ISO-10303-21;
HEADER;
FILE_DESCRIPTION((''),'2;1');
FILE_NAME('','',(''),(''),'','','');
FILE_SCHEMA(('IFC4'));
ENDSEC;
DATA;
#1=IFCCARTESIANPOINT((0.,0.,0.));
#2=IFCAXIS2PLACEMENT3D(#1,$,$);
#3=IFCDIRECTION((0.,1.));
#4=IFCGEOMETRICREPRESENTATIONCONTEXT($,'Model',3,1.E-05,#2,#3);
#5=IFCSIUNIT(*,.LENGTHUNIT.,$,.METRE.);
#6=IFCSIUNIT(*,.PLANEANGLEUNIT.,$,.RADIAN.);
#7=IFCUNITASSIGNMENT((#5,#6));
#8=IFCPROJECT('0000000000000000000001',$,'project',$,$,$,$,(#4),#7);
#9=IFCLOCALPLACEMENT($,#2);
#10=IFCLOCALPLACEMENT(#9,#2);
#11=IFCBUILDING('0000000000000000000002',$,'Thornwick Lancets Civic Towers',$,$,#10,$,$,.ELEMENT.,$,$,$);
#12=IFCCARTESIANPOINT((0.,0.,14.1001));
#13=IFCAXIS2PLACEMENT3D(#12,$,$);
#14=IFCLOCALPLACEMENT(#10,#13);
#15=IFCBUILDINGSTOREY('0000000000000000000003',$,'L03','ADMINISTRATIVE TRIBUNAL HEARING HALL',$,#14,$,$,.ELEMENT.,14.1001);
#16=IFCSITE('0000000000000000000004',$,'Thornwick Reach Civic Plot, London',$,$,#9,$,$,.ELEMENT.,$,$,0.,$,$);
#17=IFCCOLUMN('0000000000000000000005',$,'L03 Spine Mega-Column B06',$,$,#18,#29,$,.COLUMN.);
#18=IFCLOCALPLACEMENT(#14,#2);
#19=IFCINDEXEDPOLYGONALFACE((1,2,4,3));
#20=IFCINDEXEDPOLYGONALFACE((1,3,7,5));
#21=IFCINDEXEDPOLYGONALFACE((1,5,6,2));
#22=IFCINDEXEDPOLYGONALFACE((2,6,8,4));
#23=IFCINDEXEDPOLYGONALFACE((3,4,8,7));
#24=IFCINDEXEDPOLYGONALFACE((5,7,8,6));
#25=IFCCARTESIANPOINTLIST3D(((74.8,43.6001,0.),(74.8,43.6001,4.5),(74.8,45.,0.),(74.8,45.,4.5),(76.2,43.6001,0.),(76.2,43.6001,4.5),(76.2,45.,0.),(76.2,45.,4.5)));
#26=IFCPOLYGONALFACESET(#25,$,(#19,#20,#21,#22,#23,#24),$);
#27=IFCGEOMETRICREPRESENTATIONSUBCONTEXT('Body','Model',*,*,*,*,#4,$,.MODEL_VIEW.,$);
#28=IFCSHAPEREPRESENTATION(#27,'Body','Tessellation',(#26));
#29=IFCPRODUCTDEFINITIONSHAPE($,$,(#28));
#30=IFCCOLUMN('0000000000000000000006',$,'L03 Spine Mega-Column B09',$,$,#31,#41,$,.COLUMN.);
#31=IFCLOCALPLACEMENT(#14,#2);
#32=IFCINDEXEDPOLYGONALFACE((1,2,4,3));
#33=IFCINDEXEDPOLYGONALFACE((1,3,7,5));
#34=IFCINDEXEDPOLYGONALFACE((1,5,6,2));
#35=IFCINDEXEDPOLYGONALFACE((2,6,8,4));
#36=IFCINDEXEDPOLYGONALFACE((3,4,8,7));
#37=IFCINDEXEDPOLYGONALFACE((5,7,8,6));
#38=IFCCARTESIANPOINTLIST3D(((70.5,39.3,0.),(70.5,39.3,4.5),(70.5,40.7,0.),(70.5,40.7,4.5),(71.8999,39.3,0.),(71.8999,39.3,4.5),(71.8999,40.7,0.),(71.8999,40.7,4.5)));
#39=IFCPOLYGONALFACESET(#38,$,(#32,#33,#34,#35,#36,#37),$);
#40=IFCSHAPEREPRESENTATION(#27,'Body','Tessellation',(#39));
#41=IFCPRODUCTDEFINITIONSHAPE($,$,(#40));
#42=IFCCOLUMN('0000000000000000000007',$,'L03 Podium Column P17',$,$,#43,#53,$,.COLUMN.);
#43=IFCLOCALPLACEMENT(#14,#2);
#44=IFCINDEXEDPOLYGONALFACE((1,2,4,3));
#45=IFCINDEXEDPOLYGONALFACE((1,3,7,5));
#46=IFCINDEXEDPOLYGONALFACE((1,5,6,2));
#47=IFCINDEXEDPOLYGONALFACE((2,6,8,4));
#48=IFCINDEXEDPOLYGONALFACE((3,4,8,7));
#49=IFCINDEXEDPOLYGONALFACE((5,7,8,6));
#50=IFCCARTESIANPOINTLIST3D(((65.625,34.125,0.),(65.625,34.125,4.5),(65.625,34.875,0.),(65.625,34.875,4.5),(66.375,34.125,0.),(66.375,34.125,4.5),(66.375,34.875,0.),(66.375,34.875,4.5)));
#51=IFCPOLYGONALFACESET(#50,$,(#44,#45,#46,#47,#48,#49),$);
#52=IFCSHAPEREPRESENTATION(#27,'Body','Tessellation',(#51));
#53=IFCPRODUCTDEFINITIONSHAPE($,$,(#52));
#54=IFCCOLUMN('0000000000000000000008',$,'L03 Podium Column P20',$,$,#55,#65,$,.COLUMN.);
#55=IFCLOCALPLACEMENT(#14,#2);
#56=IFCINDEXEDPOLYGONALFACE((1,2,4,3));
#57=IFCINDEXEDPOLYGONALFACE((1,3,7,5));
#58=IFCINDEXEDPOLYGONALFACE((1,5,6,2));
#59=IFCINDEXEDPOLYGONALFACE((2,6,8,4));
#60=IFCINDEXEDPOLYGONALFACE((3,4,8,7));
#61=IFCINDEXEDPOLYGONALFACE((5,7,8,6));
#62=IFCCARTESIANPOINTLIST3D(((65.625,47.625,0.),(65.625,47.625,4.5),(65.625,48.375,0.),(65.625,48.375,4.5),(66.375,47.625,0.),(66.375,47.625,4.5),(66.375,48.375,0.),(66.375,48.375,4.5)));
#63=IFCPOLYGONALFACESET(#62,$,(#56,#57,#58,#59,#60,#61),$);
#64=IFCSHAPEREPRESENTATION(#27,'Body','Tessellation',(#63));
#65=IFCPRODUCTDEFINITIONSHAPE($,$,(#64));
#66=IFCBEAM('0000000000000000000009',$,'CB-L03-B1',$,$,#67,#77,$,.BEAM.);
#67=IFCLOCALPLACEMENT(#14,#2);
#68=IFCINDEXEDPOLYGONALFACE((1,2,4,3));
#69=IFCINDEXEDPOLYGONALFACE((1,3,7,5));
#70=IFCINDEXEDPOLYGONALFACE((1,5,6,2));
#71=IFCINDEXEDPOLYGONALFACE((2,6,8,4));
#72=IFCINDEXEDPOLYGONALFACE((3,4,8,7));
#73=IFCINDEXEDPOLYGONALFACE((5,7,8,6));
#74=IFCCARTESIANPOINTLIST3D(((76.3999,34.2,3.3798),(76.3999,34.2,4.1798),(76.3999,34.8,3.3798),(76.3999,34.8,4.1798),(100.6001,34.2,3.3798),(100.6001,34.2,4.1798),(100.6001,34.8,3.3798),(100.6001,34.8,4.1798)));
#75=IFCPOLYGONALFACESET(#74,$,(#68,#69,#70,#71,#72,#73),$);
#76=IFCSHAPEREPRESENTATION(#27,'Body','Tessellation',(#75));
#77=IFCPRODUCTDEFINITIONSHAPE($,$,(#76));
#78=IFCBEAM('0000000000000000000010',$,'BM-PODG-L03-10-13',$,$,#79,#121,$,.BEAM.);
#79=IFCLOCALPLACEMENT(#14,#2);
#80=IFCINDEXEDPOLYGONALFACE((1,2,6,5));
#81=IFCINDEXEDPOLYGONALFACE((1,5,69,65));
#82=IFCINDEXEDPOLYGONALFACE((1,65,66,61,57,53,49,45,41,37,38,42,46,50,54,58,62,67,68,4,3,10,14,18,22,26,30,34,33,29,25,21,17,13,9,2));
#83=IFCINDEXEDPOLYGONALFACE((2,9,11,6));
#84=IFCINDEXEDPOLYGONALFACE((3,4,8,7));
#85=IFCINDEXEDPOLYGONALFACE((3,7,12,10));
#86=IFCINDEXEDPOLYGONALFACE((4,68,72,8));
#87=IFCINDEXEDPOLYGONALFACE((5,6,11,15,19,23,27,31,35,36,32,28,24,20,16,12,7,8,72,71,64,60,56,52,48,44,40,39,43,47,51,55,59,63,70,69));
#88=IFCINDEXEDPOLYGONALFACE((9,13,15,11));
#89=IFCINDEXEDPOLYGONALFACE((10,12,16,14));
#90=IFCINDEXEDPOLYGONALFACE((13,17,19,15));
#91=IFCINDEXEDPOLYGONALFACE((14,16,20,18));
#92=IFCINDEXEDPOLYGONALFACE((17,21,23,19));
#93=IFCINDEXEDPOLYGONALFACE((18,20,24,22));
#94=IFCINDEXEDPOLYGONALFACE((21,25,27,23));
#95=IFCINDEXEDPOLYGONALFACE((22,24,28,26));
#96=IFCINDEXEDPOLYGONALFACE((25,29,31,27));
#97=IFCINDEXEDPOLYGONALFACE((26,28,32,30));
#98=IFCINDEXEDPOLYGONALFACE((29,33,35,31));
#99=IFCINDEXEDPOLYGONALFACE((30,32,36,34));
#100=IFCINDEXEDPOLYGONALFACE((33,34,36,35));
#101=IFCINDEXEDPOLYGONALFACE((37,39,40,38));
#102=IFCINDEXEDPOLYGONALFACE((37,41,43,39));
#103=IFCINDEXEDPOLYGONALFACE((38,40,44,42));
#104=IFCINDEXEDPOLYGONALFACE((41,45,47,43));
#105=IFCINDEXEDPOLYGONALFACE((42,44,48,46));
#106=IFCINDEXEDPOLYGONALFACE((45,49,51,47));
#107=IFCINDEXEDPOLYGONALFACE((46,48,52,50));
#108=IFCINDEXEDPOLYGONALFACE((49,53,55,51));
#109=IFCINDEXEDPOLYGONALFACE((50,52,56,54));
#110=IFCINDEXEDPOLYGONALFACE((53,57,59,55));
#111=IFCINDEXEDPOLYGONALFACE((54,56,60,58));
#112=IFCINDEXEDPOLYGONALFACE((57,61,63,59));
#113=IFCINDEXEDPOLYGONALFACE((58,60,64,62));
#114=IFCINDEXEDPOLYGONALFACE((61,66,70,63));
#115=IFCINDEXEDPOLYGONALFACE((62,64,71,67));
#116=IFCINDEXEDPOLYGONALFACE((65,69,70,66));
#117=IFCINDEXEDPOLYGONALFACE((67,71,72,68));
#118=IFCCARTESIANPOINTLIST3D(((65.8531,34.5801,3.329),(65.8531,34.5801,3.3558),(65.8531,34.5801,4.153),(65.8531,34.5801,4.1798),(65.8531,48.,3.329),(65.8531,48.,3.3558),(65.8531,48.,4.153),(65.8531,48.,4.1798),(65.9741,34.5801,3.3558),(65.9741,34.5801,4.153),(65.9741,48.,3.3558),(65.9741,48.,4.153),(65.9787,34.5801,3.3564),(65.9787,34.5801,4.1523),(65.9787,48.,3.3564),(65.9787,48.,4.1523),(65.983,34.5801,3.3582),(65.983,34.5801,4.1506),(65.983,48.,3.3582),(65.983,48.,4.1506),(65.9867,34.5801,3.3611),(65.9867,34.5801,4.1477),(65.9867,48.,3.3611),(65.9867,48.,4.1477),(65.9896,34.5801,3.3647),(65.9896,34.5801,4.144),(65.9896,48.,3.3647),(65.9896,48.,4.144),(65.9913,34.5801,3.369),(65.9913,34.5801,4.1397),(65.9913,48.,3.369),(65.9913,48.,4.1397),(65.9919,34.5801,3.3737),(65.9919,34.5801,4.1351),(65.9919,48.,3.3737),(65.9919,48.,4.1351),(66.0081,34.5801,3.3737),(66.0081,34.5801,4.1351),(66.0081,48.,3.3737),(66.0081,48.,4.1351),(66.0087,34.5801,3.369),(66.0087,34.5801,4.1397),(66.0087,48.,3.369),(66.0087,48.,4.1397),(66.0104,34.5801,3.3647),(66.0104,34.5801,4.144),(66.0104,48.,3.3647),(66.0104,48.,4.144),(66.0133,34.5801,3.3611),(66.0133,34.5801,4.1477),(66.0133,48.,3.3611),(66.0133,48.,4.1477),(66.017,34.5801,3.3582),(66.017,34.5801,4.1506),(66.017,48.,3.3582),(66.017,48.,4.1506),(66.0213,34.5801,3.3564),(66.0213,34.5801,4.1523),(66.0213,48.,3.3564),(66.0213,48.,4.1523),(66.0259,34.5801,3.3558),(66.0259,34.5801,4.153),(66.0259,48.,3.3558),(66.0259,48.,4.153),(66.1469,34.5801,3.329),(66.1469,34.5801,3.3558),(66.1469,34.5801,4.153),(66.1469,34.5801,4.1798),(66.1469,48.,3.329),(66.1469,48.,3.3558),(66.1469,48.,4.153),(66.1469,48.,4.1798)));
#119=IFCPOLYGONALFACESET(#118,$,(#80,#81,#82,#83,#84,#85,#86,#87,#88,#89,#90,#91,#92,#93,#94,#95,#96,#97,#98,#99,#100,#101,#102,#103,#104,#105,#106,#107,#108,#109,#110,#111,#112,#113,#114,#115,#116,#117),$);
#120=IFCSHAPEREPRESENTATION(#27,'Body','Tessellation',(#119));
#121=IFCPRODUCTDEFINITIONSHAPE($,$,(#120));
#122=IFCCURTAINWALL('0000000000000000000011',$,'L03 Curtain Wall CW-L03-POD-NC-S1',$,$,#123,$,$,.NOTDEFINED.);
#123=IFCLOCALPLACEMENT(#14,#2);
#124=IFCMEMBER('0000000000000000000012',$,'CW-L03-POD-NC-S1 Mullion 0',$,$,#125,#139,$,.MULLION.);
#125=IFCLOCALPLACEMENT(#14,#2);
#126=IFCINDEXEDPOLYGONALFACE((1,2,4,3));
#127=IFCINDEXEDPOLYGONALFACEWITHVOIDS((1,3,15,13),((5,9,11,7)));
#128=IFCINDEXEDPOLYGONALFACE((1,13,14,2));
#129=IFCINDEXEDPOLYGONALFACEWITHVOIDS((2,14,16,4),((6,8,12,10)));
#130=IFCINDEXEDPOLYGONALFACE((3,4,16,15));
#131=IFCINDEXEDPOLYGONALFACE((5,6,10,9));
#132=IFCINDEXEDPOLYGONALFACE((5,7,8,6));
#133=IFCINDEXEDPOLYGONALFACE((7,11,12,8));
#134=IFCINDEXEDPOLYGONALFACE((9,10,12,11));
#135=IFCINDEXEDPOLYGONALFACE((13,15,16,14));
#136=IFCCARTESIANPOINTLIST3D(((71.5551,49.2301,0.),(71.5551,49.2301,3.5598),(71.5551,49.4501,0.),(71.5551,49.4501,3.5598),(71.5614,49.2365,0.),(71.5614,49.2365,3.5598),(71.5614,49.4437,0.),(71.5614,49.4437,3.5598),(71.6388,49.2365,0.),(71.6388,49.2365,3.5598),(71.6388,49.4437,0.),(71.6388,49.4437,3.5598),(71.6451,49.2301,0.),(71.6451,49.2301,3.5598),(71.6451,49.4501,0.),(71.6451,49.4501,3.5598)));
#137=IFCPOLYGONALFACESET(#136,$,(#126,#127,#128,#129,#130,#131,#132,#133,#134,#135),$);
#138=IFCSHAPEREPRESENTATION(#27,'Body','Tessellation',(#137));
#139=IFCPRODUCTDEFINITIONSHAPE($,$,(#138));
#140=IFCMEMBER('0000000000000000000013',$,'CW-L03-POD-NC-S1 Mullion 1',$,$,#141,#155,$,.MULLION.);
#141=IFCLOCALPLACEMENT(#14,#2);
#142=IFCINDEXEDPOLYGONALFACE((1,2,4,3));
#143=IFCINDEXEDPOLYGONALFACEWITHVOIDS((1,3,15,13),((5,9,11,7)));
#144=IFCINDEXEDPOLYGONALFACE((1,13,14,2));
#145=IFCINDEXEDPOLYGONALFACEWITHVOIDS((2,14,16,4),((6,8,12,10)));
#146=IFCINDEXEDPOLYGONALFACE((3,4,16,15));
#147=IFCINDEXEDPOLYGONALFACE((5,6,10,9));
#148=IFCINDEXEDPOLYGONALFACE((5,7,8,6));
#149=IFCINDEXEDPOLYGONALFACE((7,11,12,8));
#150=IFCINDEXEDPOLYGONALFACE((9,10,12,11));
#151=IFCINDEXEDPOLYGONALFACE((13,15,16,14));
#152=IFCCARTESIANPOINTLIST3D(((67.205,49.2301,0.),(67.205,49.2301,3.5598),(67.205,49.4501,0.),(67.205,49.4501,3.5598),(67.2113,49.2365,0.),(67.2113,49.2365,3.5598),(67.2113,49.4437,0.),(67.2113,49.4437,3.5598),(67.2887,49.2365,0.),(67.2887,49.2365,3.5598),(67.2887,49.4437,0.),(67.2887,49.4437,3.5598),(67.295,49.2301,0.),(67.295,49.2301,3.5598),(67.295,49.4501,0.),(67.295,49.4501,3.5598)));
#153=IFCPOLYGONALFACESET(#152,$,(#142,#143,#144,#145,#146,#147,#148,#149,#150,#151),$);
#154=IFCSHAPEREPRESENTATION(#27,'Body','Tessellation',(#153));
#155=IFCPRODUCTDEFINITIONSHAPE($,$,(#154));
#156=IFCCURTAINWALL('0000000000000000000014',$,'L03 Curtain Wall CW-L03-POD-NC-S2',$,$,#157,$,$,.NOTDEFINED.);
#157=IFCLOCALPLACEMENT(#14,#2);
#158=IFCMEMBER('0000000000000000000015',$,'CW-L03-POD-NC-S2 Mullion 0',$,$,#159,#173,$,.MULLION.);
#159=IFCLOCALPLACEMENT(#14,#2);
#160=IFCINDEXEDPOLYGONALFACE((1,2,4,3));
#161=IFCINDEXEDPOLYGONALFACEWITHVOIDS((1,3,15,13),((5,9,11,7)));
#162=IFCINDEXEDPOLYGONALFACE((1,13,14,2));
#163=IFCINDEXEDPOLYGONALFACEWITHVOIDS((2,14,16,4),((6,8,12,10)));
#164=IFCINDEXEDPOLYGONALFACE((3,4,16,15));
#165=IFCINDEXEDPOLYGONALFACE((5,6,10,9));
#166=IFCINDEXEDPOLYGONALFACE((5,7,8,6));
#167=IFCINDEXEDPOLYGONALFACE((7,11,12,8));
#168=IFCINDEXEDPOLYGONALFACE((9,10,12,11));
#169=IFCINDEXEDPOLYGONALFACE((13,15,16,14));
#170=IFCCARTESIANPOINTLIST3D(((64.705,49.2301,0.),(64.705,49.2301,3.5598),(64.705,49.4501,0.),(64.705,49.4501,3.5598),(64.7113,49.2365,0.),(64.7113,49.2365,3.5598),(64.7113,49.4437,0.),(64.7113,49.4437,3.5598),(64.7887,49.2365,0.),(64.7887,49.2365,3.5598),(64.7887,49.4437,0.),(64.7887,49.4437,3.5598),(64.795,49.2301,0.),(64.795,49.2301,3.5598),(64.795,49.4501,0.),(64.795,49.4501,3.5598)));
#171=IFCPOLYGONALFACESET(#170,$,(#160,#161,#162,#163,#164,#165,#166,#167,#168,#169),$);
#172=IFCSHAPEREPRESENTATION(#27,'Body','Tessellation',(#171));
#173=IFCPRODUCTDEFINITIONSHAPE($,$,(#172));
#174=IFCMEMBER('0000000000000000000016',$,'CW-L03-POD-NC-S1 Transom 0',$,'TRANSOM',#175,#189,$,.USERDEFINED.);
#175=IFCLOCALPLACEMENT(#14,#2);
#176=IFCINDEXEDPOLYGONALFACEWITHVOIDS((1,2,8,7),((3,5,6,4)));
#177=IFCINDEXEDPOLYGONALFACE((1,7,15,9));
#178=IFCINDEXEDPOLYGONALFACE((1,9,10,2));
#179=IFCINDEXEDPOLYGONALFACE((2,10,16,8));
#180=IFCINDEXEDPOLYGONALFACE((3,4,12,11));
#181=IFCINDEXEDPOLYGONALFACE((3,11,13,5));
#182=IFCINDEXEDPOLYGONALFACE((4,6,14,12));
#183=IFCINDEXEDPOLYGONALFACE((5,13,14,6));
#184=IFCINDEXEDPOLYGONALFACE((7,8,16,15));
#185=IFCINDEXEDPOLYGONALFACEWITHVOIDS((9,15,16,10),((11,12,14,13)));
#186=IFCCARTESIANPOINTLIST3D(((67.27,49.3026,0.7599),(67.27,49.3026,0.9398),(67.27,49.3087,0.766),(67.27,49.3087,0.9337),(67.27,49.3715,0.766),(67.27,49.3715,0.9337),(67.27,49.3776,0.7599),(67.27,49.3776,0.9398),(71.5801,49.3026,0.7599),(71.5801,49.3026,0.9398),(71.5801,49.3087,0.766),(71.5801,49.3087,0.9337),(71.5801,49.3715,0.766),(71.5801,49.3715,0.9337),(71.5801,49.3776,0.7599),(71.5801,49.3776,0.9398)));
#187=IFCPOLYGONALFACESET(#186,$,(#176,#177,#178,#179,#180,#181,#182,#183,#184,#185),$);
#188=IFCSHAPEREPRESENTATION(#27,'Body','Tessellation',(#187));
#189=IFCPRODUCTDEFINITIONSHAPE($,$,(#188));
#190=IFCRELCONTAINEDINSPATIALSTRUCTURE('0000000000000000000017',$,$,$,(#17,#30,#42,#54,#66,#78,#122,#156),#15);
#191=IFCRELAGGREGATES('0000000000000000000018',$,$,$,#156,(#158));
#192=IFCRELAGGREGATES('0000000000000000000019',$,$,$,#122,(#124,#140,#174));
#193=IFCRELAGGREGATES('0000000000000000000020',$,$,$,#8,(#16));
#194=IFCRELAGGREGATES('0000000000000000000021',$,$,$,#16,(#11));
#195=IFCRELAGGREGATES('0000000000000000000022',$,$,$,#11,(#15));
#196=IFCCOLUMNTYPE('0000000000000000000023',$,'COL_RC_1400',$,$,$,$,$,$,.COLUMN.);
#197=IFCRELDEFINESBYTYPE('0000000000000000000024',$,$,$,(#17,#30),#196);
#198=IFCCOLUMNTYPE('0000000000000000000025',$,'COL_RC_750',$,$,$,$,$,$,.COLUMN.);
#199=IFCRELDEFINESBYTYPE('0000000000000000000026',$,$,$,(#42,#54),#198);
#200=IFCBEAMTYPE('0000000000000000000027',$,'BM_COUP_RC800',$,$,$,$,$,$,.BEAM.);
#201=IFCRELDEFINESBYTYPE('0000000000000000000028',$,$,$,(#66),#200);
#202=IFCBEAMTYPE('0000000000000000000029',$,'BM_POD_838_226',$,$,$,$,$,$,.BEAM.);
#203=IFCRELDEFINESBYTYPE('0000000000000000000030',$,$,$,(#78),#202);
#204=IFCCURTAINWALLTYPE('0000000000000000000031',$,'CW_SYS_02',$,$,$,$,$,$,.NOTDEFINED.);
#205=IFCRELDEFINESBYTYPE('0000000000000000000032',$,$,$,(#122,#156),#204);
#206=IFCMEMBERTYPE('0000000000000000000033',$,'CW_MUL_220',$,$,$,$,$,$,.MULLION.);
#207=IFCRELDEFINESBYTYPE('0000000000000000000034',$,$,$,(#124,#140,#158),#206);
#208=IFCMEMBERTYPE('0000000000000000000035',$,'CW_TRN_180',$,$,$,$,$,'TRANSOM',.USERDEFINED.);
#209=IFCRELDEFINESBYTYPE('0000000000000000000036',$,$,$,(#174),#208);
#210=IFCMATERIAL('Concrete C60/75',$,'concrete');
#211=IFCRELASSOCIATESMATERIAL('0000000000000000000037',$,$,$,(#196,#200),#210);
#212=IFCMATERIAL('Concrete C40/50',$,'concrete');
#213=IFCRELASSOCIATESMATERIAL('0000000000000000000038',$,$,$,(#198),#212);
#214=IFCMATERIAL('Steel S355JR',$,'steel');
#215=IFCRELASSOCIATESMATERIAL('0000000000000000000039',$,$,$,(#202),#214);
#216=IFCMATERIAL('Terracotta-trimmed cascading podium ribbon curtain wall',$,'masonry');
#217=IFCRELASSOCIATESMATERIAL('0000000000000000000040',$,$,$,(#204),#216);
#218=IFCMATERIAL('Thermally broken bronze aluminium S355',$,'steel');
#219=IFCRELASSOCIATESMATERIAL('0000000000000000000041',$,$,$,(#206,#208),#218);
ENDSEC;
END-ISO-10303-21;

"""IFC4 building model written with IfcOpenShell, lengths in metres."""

from ifc_helpers import new_model, si_unit, direction, frame, origin, origin_2d, place, context, subcontext, project, spatial, rectangle, hollow_rectangle, i_section, extrude, material, material_profile, profile_set, type_object, element, aggregate, save


model = new_model("IFC4")

# Units and contexts
model_context = context("Model", 3, precision=1e-05, world=origin(), true_north=direction((0.0, 1.0)))
body_context = subcontext(model_context, "Body", "Model", "MODEL_VIEW")
ifc_project = project(units=[si_unit("LENGTHUNIT", "METRE"), si_unit("PLANEANGLEUNIT", "RADIAN")], contexts=[model_context])

# Site, building, storey
site_placement = place(None, origin())
site = spatial("IfcSite", under=ifc_project, at=site_placement, Name="Thornwick Reach Civic Plot, London", CompositionType="ELEMENT", RefElevation=0.0)
building_placement = place(site_placement, origin())
building = spatial("IfcBuilding", under=site, at=building_placement, Name="Thornwick Lancets Civic Towers", CompositionType="ELEMENT")
storey_placement = place(building_placement, frame((0.0, 0.0, 14.1001)))
storey = spatial("IfcBuildingStorey", under=building, at=storey_placement, Name="L03", Description="ADMINISTRATIVE TRIBUNAL HEARING HALL", CompositionType="ELEMENT", Elevation=14.1001)

# Columns
ifc_material_1 = material(Name="Concrete C60/75", Category="concrete")
ifc_material_profile_1 = material_profile(ifc_material_1, rectangle(XDim=1.3999, YDim=1.3999, at=origin_2d()), Name="RC 1400x1400")
ifc_profile_set_1 = profile_set([ifc_material_profile_1], Name="Concrete C60/75")
column_type_1 = type_object("IfcColumnType", Name="COL_RC_1400", PredefinedType="COLUMN", material=ifc_profile_set_1)
for number, where, z_axis, x_axis, name in (
    (1, (75.5, 44.3, 0.0), (0.0, 0.0, 1.0), (1.0, 0.0, 0.0), "L03 Spine Mega-Column B06"),
    (2, (71.2, 40.0, 0.0), (0.0, 0.0, 1.0), (1.0, 0.0, 0.0), "L03 Spine Mega-Column B09"),
):
    element("IfcColumn", number, at=place(storey_placement, frame(where, z_axis=z_axis, x_axis=x_axis)), inside=storey, type_object=column_type_1, Name=name, PredefinedType="COLUMN", context=body_context, shape_type="SweptSolid", body=[
        extrude(rectangle(XDim=1.3999, YDim=1.3999, at=origin_2d()), origin(), (0.0, 0.0, 1.0), 4.5),
    ])
ifc_material_2 = material(Name="Concrete C40/50", Category="concrete")
ifc_material_profile_2 = material_profile(ifc_material_2, rectangle(XDim=0.75, YDim=0.75, at=origin_2d()), Name="RC 750x750")
ifc_profile_set_2 = profile_set([ifc_material_profile_2], Name="Concrete C40/50")
column_type_2 = type_object("IfcColumnType", Name="COL_RC_750", PredefinedType="COLUMN", material=ifc_profile_set_2)
for number, where, z_axis, x_axis, name in (
    (3, (66.0, 34.5, 0.0), (0.0, 0.0, 1.0), (1.0, 0.0, 0.0), "L03 Podium Column P17"),
    (4, (66.0, 48.0, 0.0), (0.0, 0.0, 1.0), (1.0, 0.0, 0.0), "L03 Podium Column P20"),
):
    element("IfcColumn", number, at=place(storey_placement, frame(where, z_axis=z_axis, x_axis=x_axis)), inside=storey, type_object=column_type_2, Name=name, PredefinedType="COLUMN", context=body_context, shape_type="SweptSolid", body=[
        extrude(rectangle(XDim=0.75, YDim=0.75, at=origin_2d()), origin(), (0.0, 0.0, 1.0), 4.5),
    ])

# Beams
ifc_material_profile_3 = material_profile(ifc_material_1, rectangle(XDim=0.6001, YDim=0.8, at=origin_2d()), Name="RC 600x800")
ifc_profile_set_3 = profile_set([ifc_material_profile_3], Name="Concrete C60/75")
beam_type_1 = type_object("IfcBeamType", Name="BM_COUP_RC800", PredefinedType="BEAM", material=ifc_profile_set_3)
beam_1_placement = place(storey_placement, frame((76.3999, 34.5, 3.7798), z_axis=(1.0, 0.0, 0.0), x_axis=(0.0, 1.0, 0.0)))
element("IfcBeam", 5, at=beam_1_placement, inside=storey, type_object=beam_type_1, Name="CB-L03-B1", PredefinedType="BEAM", context=body_context, shape_type="SweptSolid", body=[
    extrude(rectangle(XDim=0.6001, YDim=0.8, at=origin_2d()), origin(), (0.0, 0.0, 1.0), 24.2002),
])
ifc_material_3 = material(Name="Steel S355JR", Category="steel")
ifc_material_profile_4 = material_profile(ifc_material_3, i_section(OverallWidth=0.2937, OverallDepth=0.8508, WebThickness=0.0161, FlangeThickness=0.0269, FilletRadius=0.0178, at=origin_2d()), Name="UKB 838x292x226")
ifc_profile_set_4 = profile_set([ifc_material_profile_4], Name="Steel S355JR")
beam_type_2 = type_object("IfcBeamType", Name="BM_POD_838_226", PredefinedType="BEAM", material=ifc_profile_set_4)
beam_2_placement = place(storey_placement, frame((66.0, 34.5801, 3.7544), z_axis=(0.0, 1.0, 0.0), x_axis=(-1.0, 0.0, 0.0)))
element("IfcBeam", 6, at=beam_2_placement, inside=storey, type_object=beam_type_2, Name="BM-PODG-L03-10-13", PredefinedType="BEAM", context=body_context, shape_type="SweptSolid", body=[
    extrude(i_section(OverallWidth=0.2937, OverallDepth=0.8508, WebThickness=0.0161, FlangeThickness=0.0269, FilletRadius=0.0178, at=origin_2d()), origin(), (0.0, 0.0, 1.0), 13.4199),
])

# Curtain wall, members
ifc_material_4 = material(Name="Terracotta-trimmed cascading podium ribbon curtain wall", Category="masonry")
curtain_wall_type = type_object("IfcCurtainWallType", Name="CW_SYS_02", PredefinedType="NOTDEFINED", material=ifc_material_4)
curtain_wall_1_placement = place(storey_placement, origin())
curtain_wall_1 = element("IfcCurtainWall", 7, at=curtain_wall_1_placement, inside=storey, type_object=curtain_wall_type, Name="L03 Curtain Wall CW-L03-POD-NC-S1", PredefinedType="NOTDEFINED")
ifc_material_5 = material(Name="Thermally broken bronze aluminium S355", Category="steel")
ifc_material_profile_5 = material_profile(ifc_material_5, hollow_rectangle(XDim=0.0901, YDim=0.22, WallThickness=0.0063, at=origin_2d()), Name="RHS 220x90x6.3")
ifc_profile_set_5 = profile_set([ifc_material_profile_5], Name="Thermally broken bronze aluminium S355")
member_type_1 = type_object("IfcMemberType", Name="CW_MUL_220", PredefinedType="MULLION", material=ifc_profile_set_5)
member_1_placement = place(storey_placement, frame((71.6001, 49.3401, 0.0), z_axis=(0.0, 0.0, 1.0), x_axis=(1.0, 0.0, 0.0)))
member_1 = element("IfcMember", 8, at=member_1_placement, type_object=member_type_1, Name="CW-L03-POD-NC-S1 Mullion 0", PredefinedType="MULLION", context=body_context, shape_type="SweptSolid", body=[
    extrude(hollow_rectangle(XDim=0.0901, YDim=0.22, WallThickness=0.0063, at=origin_2d()), origin(), (0.0, 0.0, 1.0), 3.5598),
])
member_2_placement = place(storey_placement, frame((67.25, 49.3401, 0.0), z_axis=(0.0, 0.0, 1.0), x_axis=(1.0, 0.0, 0.0)))
member_2 = element("IfcMember", 9, at=member_2_placement, type_object=member_type_1, Name="CW-L03-POD-NC-S1 Mullion 1", PredefinedType="MULLION", context=body_context, shape_type="SweptSolid", body=[
    extrude(hollow_rectangle(XDim=0.0901, YDim=0.22, WallThickness=0.0063, at=origin_2d()), origin(), (0.0, 0.0, 1.0), 3.5598),
])

# Curtain wall, member
curtain_wall_2_placement = place(storey_placement, origin())
curtain_wall_2 = element("IfcCurtainWall", 10, at=curtain_wall_2_placement, inside=storey, type_object=curtain_wall_type, Name="L03 Curtain Wall CW-L03-POD-NC-S2", PredefinedType="NOTDEFINED")
member_3_placement = place(storey_placement, frame((64.75, 49.3401, 0.0), z_axis=(0.0, 0.0, 1.0), x_axis=(1.0, 0.0, 0.0)))
member_3 = element("IfcMember", 11, at=member_3_placement, type_object=member_type_1, Name="CW-L03-POD-NC-S2 Mullion 0", PredefinedType="MULLION", context=body_context, shape_type="SweptSolid", body=[
    extrude(hollow_rectangle(XDim=0.0901, YDim=0.22, WallThickness=0.0063, at=origin_2d()), origin(), (0.0, 0.0, 1.0), 3.5598),
])

# Member
ifc_material_profile_6 = material_profile(ifc_material_5, hollow_rectangle(XDim=0.075, YDim=0.1799, WallThickness=0.0061, at=origin_2d()), Name="RHS 180x75x6")
ifc_profile_set_6 = profile_set([ifc_material_profile_6], Name="Thermally broken bronze aluminium S355")
member_type_2 = type_object("IfcMemberType", Name="CW_TRN_180", ElementType="TRANSOM", PredefinedType="USERDEFINED", material=ifc_profile_set_6)
member_4_placement = place(storey_placement, frame((71.5801, 49.3401, 0.8499), z_axis=(-1.0, 0.0, 0.0), x_axis=(0.0, -1.0, 0.0)))
member_4 = element("IfcMember", 12, at=member_4_placement, type_object=member_type_2, Name="CW-L03-POD-NC-S1 Transom 0", ObjectType="TRANSOM", PredefinedType="USERDEFINED", context=body_context, shape_type="SweptSolid", body=[
    extrude(hollow_rectangle(XDim=0.075, YDim=0.1799, WallThickness=0.0061, at=origin_2d()), origin(), (0.0, 0.0, 1.0), 4.3101),
])
aggregate(curtain_wall_2, [member_3])

aggregate(curtain_wall_1, [member_1, member_2, member_4])

save(model, "model.ifc")
